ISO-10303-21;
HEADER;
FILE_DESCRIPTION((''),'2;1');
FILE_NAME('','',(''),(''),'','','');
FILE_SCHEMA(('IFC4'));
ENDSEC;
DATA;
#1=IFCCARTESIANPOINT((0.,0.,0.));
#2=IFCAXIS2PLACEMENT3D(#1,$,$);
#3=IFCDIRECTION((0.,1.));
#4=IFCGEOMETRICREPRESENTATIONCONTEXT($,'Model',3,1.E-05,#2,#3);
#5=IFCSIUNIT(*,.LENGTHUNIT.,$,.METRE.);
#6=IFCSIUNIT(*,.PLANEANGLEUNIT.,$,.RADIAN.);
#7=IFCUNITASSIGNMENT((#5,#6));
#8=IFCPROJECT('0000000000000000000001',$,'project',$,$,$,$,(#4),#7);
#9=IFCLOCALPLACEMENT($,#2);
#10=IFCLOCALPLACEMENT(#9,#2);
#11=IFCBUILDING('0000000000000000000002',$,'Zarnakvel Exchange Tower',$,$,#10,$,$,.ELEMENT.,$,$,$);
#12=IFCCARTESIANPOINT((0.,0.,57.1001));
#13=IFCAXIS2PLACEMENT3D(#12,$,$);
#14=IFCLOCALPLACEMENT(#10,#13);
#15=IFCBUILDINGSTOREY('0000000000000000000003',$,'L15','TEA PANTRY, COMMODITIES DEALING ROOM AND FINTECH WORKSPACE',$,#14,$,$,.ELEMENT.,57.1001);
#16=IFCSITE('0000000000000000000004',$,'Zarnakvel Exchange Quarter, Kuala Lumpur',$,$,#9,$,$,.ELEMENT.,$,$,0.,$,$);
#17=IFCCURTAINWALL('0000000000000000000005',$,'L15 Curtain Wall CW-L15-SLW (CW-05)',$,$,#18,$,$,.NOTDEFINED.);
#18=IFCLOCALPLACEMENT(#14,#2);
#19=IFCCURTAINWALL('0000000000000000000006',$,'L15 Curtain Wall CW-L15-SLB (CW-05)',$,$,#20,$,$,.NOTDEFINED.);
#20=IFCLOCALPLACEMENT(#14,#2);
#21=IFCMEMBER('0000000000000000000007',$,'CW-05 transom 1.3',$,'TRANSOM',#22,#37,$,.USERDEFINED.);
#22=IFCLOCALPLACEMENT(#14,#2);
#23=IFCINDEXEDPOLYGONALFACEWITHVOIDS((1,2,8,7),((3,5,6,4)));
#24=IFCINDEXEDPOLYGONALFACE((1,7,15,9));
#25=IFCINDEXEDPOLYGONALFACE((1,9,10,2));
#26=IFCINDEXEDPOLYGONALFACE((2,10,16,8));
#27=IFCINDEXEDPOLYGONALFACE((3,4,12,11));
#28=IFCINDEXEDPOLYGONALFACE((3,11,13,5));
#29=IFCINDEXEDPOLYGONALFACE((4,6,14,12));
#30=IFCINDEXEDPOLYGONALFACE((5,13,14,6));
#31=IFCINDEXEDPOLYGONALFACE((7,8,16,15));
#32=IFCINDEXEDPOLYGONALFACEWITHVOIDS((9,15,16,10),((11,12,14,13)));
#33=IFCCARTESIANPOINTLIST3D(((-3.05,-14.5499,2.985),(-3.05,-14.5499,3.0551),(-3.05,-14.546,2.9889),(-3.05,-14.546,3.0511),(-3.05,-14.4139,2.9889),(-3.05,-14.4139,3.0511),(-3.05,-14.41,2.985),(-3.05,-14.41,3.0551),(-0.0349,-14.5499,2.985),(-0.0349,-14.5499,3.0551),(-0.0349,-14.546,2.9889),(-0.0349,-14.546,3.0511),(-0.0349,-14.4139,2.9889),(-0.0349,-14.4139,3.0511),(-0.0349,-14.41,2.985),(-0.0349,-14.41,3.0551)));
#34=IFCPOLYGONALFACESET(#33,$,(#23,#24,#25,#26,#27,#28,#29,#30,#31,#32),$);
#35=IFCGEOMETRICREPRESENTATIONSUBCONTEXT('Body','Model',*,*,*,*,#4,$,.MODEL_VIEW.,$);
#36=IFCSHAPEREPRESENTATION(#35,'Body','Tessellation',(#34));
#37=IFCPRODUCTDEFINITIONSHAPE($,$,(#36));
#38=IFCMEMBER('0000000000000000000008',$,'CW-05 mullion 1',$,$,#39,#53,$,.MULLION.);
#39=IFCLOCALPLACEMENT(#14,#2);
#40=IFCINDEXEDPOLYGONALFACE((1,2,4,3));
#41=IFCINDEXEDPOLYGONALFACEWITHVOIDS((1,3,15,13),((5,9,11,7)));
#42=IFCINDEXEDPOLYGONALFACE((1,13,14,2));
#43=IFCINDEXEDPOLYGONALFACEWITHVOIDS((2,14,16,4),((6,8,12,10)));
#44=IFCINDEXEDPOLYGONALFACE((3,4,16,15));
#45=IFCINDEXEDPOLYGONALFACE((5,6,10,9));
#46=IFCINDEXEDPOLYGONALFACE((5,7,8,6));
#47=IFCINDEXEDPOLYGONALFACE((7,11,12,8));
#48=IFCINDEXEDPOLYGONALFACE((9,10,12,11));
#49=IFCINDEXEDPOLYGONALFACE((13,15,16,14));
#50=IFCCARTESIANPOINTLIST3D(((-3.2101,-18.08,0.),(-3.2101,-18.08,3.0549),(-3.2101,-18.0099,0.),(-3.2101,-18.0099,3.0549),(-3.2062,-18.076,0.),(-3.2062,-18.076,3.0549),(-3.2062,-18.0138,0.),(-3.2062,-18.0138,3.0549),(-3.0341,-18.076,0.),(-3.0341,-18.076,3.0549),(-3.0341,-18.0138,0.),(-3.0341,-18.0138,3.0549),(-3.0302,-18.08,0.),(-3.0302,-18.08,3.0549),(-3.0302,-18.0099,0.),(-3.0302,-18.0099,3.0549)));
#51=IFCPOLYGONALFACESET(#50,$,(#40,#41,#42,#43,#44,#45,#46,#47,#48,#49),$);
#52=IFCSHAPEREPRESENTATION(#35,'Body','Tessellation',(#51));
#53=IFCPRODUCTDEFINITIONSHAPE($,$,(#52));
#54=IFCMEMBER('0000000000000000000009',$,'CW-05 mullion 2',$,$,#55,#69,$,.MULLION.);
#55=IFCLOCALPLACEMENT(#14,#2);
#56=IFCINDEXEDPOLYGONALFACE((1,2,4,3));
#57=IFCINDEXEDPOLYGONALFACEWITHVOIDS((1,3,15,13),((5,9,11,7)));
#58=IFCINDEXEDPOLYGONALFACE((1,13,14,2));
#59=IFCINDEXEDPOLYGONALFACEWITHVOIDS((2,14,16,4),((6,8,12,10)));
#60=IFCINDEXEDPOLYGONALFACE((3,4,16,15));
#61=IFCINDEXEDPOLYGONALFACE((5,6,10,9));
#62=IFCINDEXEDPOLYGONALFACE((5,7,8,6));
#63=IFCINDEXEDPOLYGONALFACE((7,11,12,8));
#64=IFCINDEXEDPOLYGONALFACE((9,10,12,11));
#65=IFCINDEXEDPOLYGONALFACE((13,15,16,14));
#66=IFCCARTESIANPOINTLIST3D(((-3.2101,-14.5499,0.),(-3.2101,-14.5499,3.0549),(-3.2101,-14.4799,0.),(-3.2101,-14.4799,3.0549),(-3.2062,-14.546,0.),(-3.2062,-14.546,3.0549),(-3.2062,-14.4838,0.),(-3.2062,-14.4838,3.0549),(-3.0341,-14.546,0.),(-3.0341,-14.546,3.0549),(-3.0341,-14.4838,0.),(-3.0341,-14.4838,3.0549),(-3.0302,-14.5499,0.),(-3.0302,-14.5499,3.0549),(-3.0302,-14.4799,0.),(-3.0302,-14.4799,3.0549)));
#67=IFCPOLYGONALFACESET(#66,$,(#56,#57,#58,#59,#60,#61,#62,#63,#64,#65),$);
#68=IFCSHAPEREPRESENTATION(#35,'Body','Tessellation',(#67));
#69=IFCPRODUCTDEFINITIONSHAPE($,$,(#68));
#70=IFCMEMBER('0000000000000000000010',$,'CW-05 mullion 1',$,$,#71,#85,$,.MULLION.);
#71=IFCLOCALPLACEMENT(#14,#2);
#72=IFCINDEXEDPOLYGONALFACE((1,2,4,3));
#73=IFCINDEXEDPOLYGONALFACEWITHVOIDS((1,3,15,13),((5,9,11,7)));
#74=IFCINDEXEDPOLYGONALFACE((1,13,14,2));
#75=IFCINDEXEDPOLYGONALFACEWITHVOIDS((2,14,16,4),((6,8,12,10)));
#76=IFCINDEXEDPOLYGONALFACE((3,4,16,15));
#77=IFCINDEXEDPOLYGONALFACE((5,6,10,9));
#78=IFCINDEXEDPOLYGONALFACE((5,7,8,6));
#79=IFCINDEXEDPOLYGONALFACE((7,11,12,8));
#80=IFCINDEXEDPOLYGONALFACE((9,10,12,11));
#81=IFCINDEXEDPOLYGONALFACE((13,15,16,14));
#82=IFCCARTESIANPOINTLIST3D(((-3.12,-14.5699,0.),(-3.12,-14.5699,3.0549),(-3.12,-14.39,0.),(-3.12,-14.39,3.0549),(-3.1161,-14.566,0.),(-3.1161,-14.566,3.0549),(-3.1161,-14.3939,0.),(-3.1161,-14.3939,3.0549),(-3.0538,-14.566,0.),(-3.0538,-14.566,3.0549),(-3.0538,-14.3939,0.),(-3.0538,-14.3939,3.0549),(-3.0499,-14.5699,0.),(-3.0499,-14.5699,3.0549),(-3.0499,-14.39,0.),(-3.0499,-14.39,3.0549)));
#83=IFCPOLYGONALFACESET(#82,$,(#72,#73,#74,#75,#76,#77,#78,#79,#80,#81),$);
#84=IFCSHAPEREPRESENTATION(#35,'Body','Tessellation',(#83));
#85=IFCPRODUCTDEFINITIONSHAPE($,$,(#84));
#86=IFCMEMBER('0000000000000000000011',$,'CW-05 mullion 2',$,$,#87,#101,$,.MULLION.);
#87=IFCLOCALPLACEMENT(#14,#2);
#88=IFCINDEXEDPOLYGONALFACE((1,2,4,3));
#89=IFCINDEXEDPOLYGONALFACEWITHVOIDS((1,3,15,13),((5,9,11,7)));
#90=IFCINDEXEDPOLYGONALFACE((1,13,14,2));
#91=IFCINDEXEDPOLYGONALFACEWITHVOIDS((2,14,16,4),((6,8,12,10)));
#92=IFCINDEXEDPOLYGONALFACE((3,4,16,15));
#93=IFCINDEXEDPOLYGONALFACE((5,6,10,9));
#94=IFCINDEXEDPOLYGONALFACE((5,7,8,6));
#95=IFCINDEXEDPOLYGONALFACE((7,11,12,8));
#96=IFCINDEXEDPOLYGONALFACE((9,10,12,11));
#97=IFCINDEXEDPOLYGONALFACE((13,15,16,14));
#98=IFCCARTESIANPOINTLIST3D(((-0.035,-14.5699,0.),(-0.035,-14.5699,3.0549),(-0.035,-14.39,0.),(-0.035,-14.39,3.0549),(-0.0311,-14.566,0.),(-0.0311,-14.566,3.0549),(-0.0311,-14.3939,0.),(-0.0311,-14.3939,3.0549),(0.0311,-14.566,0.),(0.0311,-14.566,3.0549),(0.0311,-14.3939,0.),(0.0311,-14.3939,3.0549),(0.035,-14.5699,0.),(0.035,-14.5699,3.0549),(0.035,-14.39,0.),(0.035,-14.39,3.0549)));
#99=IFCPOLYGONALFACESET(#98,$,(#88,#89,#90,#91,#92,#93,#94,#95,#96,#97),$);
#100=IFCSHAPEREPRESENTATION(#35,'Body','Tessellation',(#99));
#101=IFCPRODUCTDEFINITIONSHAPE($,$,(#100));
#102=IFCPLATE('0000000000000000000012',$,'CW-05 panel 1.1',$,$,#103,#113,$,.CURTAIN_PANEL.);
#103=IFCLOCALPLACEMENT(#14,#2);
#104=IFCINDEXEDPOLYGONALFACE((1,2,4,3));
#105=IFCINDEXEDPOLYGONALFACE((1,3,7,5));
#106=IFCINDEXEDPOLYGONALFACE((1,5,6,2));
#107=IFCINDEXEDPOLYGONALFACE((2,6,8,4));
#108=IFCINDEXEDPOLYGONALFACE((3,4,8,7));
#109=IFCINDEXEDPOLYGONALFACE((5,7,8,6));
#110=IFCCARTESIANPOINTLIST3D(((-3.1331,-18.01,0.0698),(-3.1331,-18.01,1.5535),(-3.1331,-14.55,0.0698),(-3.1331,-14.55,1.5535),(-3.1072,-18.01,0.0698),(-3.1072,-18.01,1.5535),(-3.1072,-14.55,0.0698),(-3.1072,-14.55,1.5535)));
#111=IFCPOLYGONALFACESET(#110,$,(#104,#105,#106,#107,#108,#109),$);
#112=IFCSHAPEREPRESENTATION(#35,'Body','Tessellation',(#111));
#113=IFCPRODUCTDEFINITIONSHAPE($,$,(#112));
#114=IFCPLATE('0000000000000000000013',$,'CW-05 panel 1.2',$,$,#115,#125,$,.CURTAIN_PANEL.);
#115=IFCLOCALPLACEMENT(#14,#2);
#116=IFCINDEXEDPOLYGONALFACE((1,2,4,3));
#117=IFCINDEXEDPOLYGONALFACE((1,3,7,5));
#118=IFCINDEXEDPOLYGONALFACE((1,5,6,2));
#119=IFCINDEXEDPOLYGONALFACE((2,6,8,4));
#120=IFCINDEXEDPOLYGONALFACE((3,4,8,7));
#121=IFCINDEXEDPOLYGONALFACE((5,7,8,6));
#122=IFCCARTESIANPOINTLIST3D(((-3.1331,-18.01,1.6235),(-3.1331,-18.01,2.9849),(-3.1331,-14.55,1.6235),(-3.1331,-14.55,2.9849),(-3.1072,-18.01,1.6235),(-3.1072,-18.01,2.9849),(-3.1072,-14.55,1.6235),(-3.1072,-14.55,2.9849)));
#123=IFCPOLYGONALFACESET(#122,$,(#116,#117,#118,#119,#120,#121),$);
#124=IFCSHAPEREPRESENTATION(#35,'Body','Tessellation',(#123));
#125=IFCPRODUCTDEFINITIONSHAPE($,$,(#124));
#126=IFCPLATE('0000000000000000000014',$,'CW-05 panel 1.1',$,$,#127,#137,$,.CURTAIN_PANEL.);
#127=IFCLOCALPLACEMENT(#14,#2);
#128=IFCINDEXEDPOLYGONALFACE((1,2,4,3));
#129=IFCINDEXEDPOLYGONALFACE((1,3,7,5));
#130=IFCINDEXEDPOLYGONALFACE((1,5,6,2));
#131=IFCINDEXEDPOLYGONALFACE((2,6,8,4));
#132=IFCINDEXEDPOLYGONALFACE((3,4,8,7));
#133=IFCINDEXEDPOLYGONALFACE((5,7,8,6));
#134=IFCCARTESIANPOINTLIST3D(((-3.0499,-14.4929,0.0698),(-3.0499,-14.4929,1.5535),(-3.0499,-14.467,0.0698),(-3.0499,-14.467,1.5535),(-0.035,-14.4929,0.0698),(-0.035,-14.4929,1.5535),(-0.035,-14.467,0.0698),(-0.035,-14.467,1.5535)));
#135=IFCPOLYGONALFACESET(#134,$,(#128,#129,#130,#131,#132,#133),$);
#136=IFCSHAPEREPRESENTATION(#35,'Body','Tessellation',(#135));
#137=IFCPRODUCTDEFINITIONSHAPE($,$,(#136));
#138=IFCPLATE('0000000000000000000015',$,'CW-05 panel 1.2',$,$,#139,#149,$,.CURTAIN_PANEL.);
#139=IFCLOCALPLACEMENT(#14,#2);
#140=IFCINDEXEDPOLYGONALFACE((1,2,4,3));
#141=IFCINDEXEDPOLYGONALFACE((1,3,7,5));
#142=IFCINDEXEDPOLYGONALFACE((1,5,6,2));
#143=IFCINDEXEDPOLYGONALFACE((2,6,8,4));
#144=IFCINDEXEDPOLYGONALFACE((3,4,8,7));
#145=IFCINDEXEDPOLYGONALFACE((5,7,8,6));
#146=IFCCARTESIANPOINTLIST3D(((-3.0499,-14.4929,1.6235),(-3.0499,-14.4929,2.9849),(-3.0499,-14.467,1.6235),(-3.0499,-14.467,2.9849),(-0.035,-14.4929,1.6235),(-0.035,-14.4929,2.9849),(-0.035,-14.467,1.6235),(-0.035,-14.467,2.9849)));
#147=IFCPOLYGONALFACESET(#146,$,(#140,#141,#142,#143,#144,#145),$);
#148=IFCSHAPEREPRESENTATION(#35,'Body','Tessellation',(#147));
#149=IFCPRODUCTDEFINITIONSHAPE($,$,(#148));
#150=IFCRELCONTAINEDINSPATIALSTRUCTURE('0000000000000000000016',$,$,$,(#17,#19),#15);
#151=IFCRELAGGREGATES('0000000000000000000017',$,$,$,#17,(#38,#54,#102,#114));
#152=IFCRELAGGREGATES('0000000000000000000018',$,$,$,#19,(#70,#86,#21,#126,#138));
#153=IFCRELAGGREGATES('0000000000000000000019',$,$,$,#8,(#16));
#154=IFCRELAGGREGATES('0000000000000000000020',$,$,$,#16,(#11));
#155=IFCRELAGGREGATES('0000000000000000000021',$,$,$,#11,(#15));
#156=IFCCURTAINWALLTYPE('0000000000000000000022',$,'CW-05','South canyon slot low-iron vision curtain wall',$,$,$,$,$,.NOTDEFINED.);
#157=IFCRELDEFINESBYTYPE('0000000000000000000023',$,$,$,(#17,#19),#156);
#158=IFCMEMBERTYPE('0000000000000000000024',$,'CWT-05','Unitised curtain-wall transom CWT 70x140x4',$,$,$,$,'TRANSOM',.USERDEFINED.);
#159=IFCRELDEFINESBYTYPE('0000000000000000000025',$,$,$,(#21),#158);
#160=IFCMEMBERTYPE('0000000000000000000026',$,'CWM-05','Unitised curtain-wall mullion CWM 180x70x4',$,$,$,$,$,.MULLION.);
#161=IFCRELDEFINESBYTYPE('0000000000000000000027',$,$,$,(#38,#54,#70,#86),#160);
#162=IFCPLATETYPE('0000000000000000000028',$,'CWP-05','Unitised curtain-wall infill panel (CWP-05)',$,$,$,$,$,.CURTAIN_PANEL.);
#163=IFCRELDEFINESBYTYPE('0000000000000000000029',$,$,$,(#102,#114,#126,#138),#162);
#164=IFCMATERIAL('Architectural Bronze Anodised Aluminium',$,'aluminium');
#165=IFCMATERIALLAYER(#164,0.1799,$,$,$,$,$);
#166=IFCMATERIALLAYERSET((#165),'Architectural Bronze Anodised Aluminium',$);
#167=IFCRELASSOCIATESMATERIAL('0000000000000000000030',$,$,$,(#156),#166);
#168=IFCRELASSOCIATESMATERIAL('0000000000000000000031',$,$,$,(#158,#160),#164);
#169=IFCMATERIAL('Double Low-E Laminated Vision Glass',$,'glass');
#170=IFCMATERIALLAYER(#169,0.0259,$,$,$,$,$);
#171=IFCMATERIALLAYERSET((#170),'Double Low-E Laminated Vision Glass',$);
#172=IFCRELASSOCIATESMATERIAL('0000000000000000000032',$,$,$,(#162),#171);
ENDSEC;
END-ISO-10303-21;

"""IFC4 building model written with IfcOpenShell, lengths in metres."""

from ifc_helpers import new_model, si_unit, direction, frame, origin, origin_2d, place, context, subcontext, project, spatial, rectangle, hollow_rectangle, extrude, source, transform, mapped, material, layer, layer_set, material_profile, profile_set, type_object, element, aggregate, save


model = new_model("IFC4")

# Units and contexts
model_context = context("Model", 3, precision=1e-05, world=origin(), true_north=direction((0.0, 1.0)))
body_context = subcontext(model_context, "Body", "Model", "MODEL_VIEW")
ifc_project = project(units=[si_unit("LENGTHUNIT", "METRE"), si_unit("PLANEANGLEUNIT", "RADIAN")], contexts=[model_context])

# Site, building, storey
site_placement = place(None, origin())
site = spatial("IfcSite", under=ifc_project, at=site_placement, Name="Zarnakvel Exchange Quarter, Kuala Lumpur", CompositionType="ELEMENT", RefElevation=0.0)
building_placement = place(site_placement, origin())
building = spatial("IfcBuilding", under=site, at=building_placement, Name="Zarnakvel Exchange Tower", CompositionType="ELEMENT")
storey_placement = place(building_placement, frame((0.0, 0.0, 57.1001)))
storey = spatial("IfcBuildingStorey", under=building, at=storey_placement, Name="L15", Description="TEA PANTRY, COMMODITIES DEALING ROOM AND FINTECH WORKSPACE", CompositionType="ELEMENT", Elevation=57.1001)

# Curtain walls, member
ifc_material_1 = material(Name="Architectural Bronze Anodised Aluminium", Category="aluminium")
ifc_layer_1 = layer(ifc_material_1, 0.1799)
ifc_layer_set_1 = layer_set([ifc_layer_1], Name="Architectural Bronze Anodised Aluminium")
curtain_wall_type = type_object("IfcCurtainWallType", Name="CW-05", Description="South canyon slot low-iron vision curtain wall", PredefinedType="NOTDEFINED", material=ifc_layer_set_1)
curtain_wall_1_placement = place(storey_placement, origin())
curtain_wall_1 = element("IfcCurtainWall", 1, at=curtain_wall_1_placement, inside=storey, type_object=curtain_wall_type, Name="L15 Curtain Wall CW-L15-SLW (CW-05)", PredefinedType="NOTDEFINED")
ifc_material_profile_1 = material_profile(ifc_material_1, hollow_rectangle(XDim=0.1399, YDim=0.0701, WallThickness=0.0039, at=origin_2d()))
ifc_profile_set_1 = profile_set([ifc_material_profile_1], Name="Architectural Bronze Anodised Aluminium")
member_type_1 = type_object("IfcMemberType", Name="CWT-05", Description="Unitised curtain-wall transom CWT 70x140x4", ElementType="TRANSOM", PredefinedType="USERDEFINED", material=ifc_profile_set_1)
curtain_wall_2_placement = place(storey_placement, origin())
curtain_wall_2 = element("IfcCurtainWall", 2, at=curtain_wall_2_placement, inside=storey, type_object=curtain_wall_type, Name="L15 Curtain Wall CW-L15-SLB (CW-05)", PredefinedType="NOTDEFINED")
shared_shape_1 = source(origin(), body_context, "Body", "SweptSolid", [
    extrude(hollow_rectangle(XDim=0.1399, YDim=0.0701, WallThickness=0.0039, at=origin_2d()), origin(), (0.0, 0.0, 1.0), 3.0151),
])
member_1_placement = place(storey_placement, frame((-3.05, -14.48, 3.02), z_axis=(1.0, 0.0, 0.0), x_axis=(0.0, 1.0, 0.0)))
member_1 = element("IfcMember", 3, at=member_1_placement, type_object=member_type_1, Name="CW-05 transom 1.3", ObjectType="TRANSOM", PredefinedType="USERDEFINED", context=body_context, shape_type="MappedRepresentation", body=[
    mapped(shared_shape_1, transform((0.0, 0.0, 0.0), x_axis=(1.0, 0.0, 0.0), y_axis=(0.0, 1.0, 0.0), z_axis=(0.0, 0.0, 1.0), scale=1.0)),
])

# Members
ifc_material_profile_2 = material_profile(ifc_material_1, hollow_rectangle(XDim=0.1799, YDim=0.0701, WallThickness=0.0039, at=origin_2d()))
ifc_profile_set_2 = profile_set([ifc_material_profile_2], Name="Architectural Bronze Anodised Aluminium")
member_type_2 = type_object("IfcMemberType", Name="CWM-05", Description="Unitised curtain-wall mullion CWM 180x70x4", PredefinedType="MULLION", material=ifc_profile_set_2)
shared_shape_2 = source(origin(), body_context, "Body", "SweptSolid", [
    extrude(hollow_rectangle(XDim=0.1799, YDim=0.0701, WallThickness=0.0039, at=origin_2d()), origin(), (0.0, 0.0, 1.0), 3.0549),
])
member_2_placement = place(storey_placement, frame((-3.1201, -18.0449, 0.0), z_axis=(0.0, 0.0, 1.0), x_axis=(-1.0, 0.0, 0.0)))
member_2 = element("IfcMember", 4, at=member_2_placement, type_object=member_type_2, Name="CW-05 mullion 1", PredefinedType="MULLION", context=body_context, shape_type="MappedRepresentation", body=[
    mapped(shared_shape_2, transform((0.0, 0.0, 0.0), x_axis=(1.0, 0.0, 0.0), y_axis=(0.0, 1.0, 0.0), z_axis=(0.0, 0.0, 1.0), scale=1.0)),
])
member_3_placement = place(storey_placement, frame((-3.1201, -14.5149, 0.0), z_axis=(0.0, 0.0, 1.0), x_axis=(-1.0, 0.0, 0.0)))
member_3 = element("IfcMember", 5, at=member_3_placement, type_object=member_type_2, Name="CW-05 mullion 2", PredefinedType="MULLION", context=body_context, shape_type="MappedRepresentation", body=[
    mapped(shared_shape_2, transform((0.0, 0.0, 0.0), x_axis=(1.0, 0.0, 0.0), y_axis=(0.0, 1.0, 0.0), z_axis=(0.0, 0.0, 1.0), scale=1.0)),
])
member_4_placement = place(storey_placement, frame((-3.085, -14.48, 0.0), z_axis=(0.0, 0.0, 1.0), x_axis=(0.0, 1.0, 0.0)))
member_4 = element("IfcMember", 6, at=member_4_placement, type_object=member_type_2, Name="CW-05 mullion 1", PredefinedType="MULLION", context=body_context, shape_type="MappedRepresentation", body=[
    mapped(shared_shape_2, transform((0.0, 0.0, 0.0), x_axis=(1.0, 0.0, 0.0), y_axis=(0.0, 1.0, 0.0), z_axis=(0.0, 0.0, 1.0), scale=1.0)),
])
member_5_placement = place(storey_placement, frame((0.0, -14.48, 0.0), z_axis=(0.0, 0.0, 1.0), x_axis=(0.0, 1.0, 0.0)))
member_5 = element("IfcMember", 7, at=member_5_placement, type_object=member_type_2, Name="CW-05 mullion 2", PredefinedType="MULLION", context=body_context, shape_type="MappedRepresentation", body=[
    mapped(shared_shape_2, transform((0.0, 0.0, 0.0), x_axis=(1.0, 0.0, 0.0), y_axis=(0.0, 1.0, 0.0), z_axis=(0.0, 0.0, 1.0), scale=1.0)),
])

# Plates
ifc_material_2 = material(Name="Double Low-E Laminated Vision Glass", Category="glass")
ifc_layer_2 = layer(ifc_material_2, 0.0259)
ifc_layer_set_2 = layer_set([ifc_layer_2], Name="Double Low-E Laminated Vision Glass")
plate_type = type_object("IfcPlateType", Name="CWP-05", Description="Unitised curtain-wall infill panel (CWP-05)", PredefinedType="CURTAIN_PANEL", material=ifc_layer_set_2)
shared_shape_3 = source(origin(), body_context, "Body", "SweptSolid", [
    extrude(rectangle(XDim=3.46, YDim=0.0259, at=origin_2d()), origin(), (0.0, 0.0, 1.0), 1.4836),
])
plate_1_placement = place(storey_placement, frame((-3.1201, -16.28, 0.0698), z_axis=(0.0, 0.0, 1.0), x_axis=(0.0, 1.0, 0.0)))
plate_1 = element("IfcPlate", 8, at=plate_1_placement, type_object=plate_type, Name="CW-05 panel 1.1", PredefinedType="CURTAIN_PANEL", context=body_context, shape_type="MappedRepresentation", body=[
    mapped(shared_shape_3, transform((0.0, 0.0, 0.0), x_axis=(1.0, 0.0, 0.0), y_axis=(0.0, 1.0, 0.0), z_axis=(0.0, 0.0, 1.0), scale=1.0)),
])
shared_shape_4 = source(origin(), body_context, "Body", "SweptSolid", [
    extrude(rectangle(XDim=3.46, YDim=0.0259, at=origin_2d()), origin(), (0.0, 0.0, 1.0), 1.3613),
])
plate_2_placement = place(storey_placement, frame((-3.1201, -16.28, 1.6235), z_axis=(0.0, 0.0, 1.0), x_axis=(0.0, 1.0, 0.0)))
plate_2 = element("IfcPlate", 9, at=plate_2_placement, type_object=plate_type, Name="CW-05 panel 1.2", PredefinedType="CURTAIN_PANEL", context=body_context, shape_type="MappedRepresentation", body=[
    mapped(shared_shape_4, transform((0.0, 0.0, 0.0), x_axis=(1.0, 0.0, 0.0), y_axis=(0.0, 1.0, 0.0), z_axis=(0.0, 0.0, 1.0), scale=1.0)),
])
aggregate(curtain_wall_1, [member_2, member_3, plate_1, plate_2])
shared_shape_5 = source(origin(), body_context, "Body", "SweptSolid", [
    extrude(rectangle(XDim=3.0149, YDim=0.0259, at=origin_2d()), origin(), (0.0, 0.0, 1.0), 1.4836),
])
plate_3_placement = place(storey_placement, frame((-1.5425, -14.48, 0.0698), z_axis=(0.0, 0.0, 1.0), x_axis=(1.0, 0.0, 0.0)))
plate_3 = element("IfcPlate", 10, at=plate_3_placement, type_object=plate_type, Name="CW-05 panel 1.1", PredefinedType="CURTAIN_PANEL", context=body_context, shape_type="MappedRepresentation", body=[
    mapped(shared_shape_5, transform((0.0, 0.0, 0.0), x_axis=(1.0, 0.0, 0.0), y_axis=(0.0, 1.0, 0.0), z_axis=(0.0, 0.0, 1.0), scale=1.0)),
])
shared_shape_6 = source(origin(), body_context, "Body", "SweptSolid", [
    extrude(rectangle(XDim=3.0149, YDim=0.0259, at=origin_2d()), origin(), (0.0, 0.0, 1.0), 1.3613),
])
plate_4_placement = place(storey_placement, frame((-1.5425, -14.48, 1.6235), z_axis=(0.0, 0.0, 1.0), x_axis=(1.0, 0.0, 0.0)))
plate_4 = element("IfcPlate", 11, at=plate_4_placement, type_object=plate_type, Name="CW-05 panel 1.2", PredefinedType="CURTAIN_PANEL", context=body_context, shape_type="MappedRepresentation", body=[
    mapped(shared_shape_6, transform((0.0, 0.0, 0.0), x_axis=(1.0, 0.0, 0.0), y_axis=(0.0, 1.0, 0.0), z_axis=(0.0, 0.0, 1.0), scale=1.0)),
])
aggregate(curtain_wall_2, [member_4, member_5, member_1, plate_3, plate_4])

save(model, "model.ifc")
